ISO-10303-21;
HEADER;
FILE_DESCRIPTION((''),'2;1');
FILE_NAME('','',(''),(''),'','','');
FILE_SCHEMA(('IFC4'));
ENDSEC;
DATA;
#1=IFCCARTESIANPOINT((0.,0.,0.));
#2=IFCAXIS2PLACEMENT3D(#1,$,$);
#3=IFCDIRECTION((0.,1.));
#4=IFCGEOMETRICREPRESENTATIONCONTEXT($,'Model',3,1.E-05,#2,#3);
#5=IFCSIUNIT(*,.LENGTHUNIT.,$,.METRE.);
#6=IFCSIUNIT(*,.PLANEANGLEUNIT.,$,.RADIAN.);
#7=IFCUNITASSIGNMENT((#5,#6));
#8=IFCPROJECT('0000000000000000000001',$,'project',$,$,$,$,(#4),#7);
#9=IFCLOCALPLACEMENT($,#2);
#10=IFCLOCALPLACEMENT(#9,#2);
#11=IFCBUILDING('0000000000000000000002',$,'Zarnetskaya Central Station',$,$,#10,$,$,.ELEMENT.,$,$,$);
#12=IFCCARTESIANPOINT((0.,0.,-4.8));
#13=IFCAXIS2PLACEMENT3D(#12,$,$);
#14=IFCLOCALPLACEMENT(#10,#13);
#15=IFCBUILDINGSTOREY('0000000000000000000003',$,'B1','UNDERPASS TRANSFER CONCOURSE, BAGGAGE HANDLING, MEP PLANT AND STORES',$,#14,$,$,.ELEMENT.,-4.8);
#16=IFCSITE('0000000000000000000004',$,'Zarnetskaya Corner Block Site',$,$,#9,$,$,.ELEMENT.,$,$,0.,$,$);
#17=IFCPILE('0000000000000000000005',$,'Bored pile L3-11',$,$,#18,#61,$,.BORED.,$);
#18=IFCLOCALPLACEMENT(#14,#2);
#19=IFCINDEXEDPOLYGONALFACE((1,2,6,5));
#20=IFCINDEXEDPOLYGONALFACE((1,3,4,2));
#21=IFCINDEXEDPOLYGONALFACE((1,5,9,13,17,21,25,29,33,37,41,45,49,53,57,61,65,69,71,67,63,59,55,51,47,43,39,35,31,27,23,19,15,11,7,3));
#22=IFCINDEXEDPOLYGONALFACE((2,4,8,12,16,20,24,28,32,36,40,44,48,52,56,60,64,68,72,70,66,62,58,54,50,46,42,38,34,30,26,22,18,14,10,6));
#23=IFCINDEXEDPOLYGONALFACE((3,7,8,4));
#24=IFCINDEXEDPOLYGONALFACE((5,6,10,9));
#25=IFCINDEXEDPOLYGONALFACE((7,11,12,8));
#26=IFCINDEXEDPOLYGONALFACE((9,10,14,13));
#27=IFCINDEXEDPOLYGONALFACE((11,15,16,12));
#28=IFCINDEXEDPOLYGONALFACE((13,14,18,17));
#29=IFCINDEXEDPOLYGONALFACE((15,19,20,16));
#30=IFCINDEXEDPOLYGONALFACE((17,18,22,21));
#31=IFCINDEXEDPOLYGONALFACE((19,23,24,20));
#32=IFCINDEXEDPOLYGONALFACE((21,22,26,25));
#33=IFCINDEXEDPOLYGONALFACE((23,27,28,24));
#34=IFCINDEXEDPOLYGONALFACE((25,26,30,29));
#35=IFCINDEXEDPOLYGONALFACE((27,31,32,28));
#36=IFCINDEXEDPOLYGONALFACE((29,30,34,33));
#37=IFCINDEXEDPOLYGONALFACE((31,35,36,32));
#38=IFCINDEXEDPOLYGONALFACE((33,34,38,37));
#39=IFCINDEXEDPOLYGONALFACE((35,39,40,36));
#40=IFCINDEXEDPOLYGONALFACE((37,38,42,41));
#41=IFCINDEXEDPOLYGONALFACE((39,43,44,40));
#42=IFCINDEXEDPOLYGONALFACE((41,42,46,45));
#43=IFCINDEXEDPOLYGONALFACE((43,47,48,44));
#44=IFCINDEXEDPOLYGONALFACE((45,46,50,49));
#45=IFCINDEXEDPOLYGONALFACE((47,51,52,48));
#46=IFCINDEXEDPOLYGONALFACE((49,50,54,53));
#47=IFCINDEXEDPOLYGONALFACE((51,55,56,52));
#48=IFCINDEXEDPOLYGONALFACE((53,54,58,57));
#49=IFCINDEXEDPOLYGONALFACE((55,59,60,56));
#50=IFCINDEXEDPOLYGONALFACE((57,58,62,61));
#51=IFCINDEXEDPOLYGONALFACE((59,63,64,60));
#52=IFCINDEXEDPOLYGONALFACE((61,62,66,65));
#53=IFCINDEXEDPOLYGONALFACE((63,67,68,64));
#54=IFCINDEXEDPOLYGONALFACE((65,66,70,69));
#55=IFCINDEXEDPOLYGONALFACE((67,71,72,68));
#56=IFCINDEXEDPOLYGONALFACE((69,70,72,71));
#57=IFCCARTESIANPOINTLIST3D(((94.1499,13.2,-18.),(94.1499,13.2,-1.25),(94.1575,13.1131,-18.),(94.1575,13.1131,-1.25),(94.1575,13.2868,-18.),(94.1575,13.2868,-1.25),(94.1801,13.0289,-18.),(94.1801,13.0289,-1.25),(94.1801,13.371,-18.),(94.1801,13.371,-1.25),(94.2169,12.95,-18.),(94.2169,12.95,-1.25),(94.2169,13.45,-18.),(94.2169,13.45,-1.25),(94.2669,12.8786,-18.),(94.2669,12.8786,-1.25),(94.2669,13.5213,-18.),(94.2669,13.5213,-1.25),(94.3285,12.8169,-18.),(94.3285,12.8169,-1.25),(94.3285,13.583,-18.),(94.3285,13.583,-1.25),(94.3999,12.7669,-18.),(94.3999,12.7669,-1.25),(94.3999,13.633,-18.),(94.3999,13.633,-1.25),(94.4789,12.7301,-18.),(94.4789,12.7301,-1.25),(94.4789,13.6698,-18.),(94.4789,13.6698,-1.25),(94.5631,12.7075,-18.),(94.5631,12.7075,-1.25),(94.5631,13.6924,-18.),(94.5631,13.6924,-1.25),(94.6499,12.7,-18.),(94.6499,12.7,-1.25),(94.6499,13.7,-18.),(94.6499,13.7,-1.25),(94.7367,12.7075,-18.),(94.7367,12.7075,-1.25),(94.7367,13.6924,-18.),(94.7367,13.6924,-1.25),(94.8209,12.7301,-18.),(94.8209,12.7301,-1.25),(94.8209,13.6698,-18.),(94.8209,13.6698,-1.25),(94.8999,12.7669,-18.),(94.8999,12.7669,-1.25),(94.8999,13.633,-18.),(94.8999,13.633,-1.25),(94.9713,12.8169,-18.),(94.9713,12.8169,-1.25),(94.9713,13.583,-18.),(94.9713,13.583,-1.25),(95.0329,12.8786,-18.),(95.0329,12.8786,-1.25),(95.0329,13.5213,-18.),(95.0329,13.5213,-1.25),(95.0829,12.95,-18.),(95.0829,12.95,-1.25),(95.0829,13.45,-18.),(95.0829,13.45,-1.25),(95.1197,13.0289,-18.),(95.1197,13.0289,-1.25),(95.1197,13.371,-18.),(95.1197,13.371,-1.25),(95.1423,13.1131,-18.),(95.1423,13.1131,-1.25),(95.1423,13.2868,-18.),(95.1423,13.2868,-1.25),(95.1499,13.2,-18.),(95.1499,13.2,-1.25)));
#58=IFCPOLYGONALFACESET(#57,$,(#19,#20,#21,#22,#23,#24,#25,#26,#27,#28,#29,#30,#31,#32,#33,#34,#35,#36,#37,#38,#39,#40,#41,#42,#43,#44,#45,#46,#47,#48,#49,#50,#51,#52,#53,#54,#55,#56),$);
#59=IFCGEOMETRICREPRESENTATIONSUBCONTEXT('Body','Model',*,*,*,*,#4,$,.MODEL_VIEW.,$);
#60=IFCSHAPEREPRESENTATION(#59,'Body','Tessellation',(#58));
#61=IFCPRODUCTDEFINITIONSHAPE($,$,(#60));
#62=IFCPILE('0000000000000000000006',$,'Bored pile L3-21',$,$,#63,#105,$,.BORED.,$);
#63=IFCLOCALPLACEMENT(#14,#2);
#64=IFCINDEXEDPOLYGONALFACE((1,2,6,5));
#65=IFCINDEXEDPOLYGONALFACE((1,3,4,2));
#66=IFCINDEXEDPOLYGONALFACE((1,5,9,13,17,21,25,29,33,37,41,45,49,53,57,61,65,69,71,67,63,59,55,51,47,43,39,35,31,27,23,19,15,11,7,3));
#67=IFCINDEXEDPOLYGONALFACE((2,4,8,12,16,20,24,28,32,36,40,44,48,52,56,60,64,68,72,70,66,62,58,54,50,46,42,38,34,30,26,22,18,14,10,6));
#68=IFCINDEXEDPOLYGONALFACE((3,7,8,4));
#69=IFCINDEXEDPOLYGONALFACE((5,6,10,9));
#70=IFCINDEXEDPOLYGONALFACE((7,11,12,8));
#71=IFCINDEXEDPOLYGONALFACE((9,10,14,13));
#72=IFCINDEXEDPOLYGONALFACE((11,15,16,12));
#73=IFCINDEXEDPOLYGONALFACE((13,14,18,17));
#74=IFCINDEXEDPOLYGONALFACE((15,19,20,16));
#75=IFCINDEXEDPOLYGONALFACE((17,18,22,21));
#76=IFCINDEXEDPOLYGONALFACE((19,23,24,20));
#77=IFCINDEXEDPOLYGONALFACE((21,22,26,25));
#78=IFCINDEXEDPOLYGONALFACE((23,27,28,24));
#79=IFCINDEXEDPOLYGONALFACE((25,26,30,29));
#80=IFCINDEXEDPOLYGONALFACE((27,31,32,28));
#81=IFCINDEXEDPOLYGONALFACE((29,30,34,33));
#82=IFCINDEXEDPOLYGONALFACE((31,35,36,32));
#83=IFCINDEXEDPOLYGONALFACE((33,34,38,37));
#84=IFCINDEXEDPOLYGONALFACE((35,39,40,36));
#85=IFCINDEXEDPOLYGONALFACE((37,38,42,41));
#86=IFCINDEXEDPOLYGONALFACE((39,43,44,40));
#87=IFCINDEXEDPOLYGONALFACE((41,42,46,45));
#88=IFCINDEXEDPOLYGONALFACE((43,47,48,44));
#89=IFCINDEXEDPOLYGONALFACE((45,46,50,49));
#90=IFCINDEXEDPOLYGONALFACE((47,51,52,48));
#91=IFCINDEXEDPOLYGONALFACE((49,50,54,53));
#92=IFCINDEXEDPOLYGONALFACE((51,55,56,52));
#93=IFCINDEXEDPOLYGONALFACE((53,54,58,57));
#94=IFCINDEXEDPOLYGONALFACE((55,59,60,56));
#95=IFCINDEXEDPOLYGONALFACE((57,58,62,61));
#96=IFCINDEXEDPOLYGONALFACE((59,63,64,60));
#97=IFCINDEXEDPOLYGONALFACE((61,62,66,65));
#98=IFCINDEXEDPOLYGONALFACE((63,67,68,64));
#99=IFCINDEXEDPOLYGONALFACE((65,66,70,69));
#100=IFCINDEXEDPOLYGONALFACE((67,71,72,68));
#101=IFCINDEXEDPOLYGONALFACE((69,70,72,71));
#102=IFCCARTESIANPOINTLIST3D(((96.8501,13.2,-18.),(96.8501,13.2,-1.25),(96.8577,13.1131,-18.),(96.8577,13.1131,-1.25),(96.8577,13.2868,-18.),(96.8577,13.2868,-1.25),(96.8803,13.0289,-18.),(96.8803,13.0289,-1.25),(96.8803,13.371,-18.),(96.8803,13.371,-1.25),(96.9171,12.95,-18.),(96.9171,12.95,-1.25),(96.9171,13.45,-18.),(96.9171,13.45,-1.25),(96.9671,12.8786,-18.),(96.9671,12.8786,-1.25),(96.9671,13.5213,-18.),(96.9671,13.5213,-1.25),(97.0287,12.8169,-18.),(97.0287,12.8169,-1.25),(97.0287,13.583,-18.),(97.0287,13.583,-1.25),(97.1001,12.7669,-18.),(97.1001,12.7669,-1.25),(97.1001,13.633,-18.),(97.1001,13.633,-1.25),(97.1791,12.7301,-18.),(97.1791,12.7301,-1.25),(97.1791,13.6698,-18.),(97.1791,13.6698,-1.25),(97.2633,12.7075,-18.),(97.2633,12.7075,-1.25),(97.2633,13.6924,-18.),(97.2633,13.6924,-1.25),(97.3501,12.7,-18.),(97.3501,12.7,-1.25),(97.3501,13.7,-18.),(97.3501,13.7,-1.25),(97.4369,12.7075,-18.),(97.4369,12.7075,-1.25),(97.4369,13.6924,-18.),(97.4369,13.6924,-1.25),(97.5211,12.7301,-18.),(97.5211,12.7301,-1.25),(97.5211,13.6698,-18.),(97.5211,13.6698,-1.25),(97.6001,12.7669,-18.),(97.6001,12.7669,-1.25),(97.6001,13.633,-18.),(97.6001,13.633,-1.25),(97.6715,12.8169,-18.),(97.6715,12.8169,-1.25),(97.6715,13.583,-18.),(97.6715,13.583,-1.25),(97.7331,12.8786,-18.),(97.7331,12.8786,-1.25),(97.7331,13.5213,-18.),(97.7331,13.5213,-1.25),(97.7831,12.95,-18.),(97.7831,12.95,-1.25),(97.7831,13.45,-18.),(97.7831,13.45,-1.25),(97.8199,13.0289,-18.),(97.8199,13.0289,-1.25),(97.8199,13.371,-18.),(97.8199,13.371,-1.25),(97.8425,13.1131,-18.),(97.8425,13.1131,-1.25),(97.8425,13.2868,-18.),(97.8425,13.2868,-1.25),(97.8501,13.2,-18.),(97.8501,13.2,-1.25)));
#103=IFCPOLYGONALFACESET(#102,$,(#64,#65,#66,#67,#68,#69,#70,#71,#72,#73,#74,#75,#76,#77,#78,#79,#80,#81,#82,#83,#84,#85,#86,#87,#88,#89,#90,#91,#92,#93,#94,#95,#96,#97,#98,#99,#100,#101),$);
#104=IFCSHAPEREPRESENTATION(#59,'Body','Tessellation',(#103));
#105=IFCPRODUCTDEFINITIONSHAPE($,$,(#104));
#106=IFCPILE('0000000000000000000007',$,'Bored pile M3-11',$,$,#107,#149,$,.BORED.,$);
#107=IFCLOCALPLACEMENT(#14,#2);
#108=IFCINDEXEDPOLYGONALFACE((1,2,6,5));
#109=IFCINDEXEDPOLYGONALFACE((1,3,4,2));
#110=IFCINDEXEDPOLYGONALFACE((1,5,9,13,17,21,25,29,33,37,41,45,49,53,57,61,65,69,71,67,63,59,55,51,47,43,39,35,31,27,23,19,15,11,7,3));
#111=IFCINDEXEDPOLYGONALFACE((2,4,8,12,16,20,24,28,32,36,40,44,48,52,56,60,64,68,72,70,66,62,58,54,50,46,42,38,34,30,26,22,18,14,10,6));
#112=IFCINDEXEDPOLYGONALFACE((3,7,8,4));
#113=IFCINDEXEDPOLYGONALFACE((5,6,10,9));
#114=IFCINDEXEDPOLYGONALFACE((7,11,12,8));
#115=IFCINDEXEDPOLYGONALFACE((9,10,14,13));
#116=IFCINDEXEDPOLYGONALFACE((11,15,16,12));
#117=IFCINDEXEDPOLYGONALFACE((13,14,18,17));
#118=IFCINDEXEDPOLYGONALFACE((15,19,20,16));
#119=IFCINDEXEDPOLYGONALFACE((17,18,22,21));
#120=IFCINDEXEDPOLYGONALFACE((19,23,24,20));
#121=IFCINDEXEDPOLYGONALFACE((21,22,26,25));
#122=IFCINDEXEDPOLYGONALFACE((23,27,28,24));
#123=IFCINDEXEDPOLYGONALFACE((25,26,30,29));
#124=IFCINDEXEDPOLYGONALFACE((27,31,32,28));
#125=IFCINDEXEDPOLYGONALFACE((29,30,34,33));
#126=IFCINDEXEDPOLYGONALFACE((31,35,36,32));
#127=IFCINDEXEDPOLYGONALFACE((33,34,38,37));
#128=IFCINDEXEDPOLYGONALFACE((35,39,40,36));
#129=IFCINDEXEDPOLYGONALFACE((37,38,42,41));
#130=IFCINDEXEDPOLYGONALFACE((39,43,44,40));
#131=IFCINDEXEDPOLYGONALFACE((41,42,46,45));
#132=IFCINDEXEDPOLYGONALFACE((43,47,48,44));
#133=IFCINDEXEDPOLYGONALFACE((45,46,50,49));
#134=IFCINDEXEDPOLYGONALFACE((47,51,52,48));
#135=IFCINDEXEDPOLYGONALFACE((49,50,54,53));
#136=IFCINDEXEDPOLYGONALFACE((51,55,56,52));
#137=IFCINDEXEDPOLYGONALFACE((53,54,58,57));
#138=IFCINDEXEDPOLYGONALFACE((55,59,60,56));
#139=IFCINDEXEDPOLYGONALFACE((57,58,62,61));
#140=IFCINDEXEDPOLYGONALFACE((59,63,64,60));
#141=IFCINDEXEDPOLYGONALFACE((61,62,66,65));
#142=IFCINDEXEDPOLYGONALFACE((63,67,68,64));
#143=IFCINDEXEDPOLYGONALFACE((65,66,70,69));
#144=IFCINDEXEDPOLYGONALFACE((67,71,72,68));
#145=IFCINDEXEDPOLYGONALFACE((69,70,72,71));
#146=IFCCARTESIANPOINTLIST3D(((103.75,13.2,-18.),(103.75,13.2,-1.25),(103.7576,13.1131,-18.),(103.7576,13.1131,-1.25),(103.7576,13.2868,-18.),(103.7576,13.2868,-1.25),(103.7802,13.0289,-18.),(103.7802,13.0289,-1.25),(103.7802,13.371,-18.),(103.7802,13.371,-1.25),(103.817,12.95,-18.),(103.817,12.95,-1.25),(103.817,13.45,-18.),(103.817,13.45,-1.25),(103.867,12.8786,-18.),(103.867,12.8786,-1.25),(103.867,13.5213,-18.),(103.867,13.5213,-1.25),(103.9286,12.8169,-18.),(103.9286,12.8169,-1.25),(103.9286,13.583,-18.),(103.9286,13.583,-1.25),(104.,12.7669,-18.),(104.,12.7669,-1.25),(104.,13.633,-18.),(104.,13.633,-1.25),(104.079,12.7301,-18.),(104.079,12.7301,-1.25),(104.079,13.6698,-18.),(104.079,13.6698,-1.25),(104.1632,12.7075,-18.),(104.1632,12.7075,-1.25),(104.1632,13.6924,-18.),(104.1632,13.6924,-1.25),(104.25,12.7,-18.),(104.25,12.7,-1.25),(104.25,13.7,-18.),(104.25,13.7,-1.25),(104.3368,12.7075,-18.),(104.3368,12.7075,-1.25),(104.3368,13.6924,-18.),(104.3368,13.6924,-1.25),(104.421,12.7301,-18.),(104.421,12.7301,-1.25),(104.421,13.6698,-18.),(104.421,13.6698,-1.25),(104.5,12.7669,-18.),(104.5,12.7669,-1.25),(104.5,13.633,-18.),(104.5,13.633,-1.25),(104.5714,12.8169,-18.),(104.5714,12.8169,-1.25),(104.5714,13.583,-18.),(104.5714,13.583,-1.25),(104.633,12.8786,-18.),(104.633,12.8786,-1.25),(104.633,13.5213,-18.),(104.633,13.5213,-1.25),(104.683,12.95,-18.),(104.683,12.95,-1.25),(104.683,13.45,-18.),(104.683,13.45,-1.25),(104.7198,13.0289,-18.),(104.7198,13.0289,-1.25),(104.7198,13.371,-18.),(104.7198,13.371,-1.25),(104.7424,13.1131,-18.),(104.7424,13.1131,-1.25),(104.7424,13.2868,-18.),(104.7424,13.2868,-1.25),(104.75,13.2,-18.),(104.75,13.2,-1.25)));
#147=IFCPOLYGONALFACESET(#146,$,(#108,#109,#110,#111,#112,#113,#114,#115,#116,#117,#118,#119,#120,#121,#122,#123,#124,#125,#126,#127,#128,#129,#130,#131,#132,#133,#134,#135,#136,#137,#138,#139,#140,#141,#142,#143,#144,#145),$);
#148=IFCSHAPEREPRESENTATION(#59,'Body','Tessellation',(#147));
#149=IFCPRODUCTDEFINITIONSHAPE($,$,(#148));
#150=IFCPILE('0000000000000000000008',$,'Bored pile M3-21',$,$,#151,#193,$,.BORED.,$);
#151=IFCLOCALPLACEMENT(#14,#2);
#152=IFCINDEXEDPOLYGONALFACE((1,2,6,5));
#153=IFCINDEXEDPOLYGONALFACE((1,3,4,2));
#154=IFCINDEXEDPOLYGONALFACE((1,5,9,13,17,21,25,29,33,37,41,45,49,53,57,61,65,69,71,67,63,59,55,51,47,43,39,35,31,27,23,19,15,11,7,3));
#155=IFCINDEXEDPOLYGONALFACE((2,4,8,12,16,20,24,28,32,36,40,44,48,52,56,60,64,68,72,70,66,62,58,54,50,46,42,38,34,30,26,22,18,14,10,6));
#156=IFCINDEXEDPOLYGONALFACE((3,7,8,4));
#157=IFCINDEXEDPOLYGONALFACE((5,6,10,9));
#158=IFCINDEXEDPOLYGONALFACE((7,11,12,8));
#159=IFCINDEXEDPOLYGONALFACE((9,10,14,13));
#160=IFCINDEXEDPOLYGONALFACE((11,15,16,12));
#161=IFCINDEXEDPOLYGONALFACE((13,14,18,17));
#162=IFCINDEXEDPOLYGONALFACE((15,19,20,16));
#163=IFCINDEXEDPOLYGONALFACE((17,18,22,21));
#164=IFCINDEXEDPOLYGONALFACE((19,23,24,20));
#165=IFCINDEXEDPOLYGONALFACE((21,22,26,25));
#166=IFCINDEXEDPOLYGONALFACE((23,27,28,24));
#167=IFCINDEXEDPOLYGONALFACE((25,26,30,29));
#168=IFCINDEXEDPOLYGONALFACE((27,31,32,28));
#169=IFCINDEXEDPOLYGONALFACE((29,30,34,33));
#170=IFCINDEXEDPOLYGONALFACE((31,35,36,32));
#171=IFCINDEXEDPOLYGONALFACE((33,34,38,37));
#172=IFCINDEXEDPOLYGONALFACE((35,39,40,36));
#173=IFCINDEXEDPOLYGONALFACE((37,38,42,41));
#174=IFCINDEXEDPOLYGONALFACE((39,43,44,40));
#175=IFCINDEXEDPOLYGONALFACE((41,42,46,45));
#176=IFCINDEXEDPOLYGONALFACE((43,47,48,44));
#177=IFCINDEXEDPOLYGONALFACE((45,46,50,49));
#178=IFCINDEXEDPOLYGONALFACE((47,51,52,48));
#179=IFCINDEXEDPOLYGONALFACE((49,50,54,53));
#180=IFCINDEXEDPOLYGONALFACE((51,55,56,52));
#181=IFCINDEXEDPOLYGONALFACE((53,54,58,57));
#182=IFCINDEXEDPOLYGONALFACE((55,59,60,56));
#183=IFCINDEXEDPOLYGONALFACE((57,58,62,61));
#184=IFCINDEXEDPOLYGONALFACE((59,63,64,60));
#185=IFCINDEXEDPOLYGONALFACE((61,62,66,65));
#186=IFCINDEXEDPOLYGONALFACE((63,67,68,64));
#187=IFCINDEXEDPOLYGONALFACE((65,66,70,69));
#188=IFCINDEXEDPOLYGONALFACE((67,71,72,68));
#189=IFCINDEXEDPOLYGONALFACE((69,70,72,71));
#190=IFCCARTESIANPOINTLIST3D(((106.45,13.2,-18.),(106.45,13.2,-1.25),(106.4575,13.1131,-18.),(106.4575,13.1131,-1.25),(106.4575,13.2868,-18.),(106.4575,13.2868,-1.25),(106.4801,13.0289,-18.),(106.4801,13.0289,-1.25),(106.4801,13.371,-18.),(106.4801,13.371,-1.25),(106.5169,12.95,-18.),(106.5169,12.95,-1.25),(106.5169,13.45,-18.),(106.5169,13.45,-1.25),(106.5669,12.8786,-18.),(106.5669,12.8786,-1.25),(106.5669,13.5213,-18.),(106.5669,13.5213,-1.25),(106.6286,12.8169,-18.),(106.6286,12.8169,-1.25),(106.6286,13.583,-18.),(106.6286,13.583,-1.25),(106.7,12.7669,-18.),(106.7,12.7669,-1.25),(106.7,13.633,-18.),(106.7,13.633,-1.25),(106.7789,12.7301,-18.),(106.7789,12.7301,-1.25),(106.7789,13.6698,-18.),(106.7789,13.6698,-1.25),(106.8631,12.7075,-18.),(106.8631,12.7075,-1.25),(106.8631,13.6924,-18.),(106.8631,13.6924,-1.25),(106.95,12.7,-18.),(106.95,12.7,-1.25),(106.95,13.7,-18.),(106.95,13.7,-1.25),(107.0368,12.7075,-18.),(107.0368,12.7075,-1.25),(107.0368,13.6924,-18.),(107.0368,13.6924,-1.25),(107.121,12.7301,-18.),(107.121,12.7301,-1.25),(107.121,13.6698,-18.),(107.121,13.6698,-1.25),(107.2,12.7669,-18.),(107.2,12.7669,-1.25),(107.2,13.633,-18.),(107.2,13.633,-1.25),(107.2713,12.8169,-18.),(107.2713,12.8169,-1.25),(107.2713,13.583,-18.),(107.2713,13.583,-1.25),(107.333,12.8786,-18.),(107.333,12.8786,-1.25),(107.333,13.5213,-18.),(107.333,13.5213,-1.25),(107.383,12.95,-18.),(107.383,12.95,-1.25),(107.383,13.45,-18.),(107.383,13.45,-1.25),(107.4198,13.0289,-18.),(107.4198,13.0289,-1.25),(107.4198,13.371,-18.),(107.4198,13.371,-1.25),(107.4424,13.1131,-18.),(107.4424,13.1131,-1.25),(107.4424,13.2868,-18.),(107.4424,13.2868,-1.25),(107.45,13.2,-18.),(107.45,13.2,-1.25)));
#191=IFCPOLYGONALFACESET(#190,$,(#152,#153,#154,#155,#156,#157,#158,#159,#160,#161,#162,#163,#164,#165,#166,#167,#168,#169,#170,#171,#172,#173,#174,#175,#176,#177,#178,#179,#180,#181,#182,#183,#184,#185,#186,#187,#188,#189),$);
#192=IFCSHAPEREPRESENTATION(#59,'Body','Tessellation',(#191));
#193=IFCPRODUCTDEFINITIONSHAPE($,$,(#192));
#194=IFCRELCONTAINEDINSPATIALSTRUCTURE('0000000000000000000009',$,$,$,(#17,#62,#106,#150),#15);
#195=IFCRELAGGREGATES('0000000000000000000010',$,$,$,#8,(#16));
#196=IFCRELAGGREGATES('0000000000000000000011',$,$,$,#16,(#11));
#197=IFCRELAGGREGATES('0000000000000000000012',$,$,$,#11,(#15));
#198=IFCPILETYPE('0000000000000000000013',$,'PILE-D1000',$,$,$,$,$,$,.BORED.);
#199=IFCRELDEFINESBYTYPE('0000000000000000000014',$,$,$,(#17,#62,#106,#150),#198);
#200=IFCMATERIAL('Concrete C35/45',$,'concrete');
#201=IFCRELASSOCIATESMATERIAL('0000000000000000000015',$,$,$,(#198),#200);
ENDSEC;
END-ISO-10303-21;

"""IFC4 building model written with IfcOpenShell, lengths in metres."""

from ifc_helpers import new_model, si_unit, direction, frame, origin, origin_2d, place, context, subcontext, project, spatial, circle, extrude, material, material_profile, profile_set, type_object, element, save


model = new_model("IFC4")

# Units and contexts
model_context = context("Model", 3, precision=1e-05, world=origin(), true_north=direction((0.0, 1.0)))
body_context = subcontext(model_context, "Body", "Model", "MODEL_VIEW")
ifc_project = project(units=[si_unit("LENGTHUNIT", "METRE"), si_unit("PLANEANGLEUNIT", "RADIAN")], contexts=[model_context])

# Site, building, storey
site_placement = place(None, origin())
site = spatial("IfcSite", under=ifc_project, at=site_placement, Name="Zarnetskaya Corner Block Site", CompositionType="ELEMENT", RefElevation=0.0)
building_placement = place(site_placement, origin())
building = spatial("IfcBuilding", under=site, at=building_placement, Name="Zarnetskaya Central Station", CompositionType="ELEMENT")
storey_placement = place(building_placement, frame((0.0, 0.0, -4.8)))
storey = spatial("IfcBuildingStorey", under=building, at=storey_placement, Name="B1", Description="UNDERPASS TRANSFER CONCOURSE, BAGGAGE HANDLING, MEP PLANT AND STORES", CompositionType="ELEMENT", Elevation=-4.8)

# Shared definitions
ifc_material_1 = material(Name="Concrete C35/45", Category="concrete")

# Piles
ifc_material_profile_1 = material_profile(ifc_material_1, circle(Radius=0.5, at=origin_2d()), Name="BORED PILE D1000")
ifc_profile_set_1 = profile_set([ifc_material_profile_1], Name="Concrete C35/45")
pile_type_1 = type_object("IfcPileType", Name="PILE-D1000", PredefinedType="BORED", material=ifc_profile_set_1)
for number, where, z_axis, x_axis, name in (
    (1, (94.6499, 13.2, -1.25), (0.0, 0.0, -1.0), (1.0, 0.0, 0.0), "Bored pile L3-11"),
    (2, (97.3501, 13.2, -1.25), (0.0, 0.0, -1.0), (1.0, 0.0, 0.0), "Bored pile L3-21"),
    (3, (104.25, 13.2, -1.25), (0.0, 0.0, -1.0), (1.0, 0.0, 0.0), "Bored pile M3-11"),
    (4, (106.95, 13.2, -1.25), (0.0, 0.0, -1.0), (1.0, 0.0, 0.0), "Bored pile M3-21"),
):
    element("IfcPile", number, at=place(storey_placement, frame(where, z_axis=z_axis, x_axis=x_axis)), inside=storey, type_object=pile_type_1, Name=name, PredefinedType="BORED", context=body_context, shape_type="SweptSolid", body=[
        extrude(circle(Radius=0.5, at=origin_2d()), origin(), (0.0, 0.0, 1.0), 16.75),
    ])

save(model, "model.ifc")
